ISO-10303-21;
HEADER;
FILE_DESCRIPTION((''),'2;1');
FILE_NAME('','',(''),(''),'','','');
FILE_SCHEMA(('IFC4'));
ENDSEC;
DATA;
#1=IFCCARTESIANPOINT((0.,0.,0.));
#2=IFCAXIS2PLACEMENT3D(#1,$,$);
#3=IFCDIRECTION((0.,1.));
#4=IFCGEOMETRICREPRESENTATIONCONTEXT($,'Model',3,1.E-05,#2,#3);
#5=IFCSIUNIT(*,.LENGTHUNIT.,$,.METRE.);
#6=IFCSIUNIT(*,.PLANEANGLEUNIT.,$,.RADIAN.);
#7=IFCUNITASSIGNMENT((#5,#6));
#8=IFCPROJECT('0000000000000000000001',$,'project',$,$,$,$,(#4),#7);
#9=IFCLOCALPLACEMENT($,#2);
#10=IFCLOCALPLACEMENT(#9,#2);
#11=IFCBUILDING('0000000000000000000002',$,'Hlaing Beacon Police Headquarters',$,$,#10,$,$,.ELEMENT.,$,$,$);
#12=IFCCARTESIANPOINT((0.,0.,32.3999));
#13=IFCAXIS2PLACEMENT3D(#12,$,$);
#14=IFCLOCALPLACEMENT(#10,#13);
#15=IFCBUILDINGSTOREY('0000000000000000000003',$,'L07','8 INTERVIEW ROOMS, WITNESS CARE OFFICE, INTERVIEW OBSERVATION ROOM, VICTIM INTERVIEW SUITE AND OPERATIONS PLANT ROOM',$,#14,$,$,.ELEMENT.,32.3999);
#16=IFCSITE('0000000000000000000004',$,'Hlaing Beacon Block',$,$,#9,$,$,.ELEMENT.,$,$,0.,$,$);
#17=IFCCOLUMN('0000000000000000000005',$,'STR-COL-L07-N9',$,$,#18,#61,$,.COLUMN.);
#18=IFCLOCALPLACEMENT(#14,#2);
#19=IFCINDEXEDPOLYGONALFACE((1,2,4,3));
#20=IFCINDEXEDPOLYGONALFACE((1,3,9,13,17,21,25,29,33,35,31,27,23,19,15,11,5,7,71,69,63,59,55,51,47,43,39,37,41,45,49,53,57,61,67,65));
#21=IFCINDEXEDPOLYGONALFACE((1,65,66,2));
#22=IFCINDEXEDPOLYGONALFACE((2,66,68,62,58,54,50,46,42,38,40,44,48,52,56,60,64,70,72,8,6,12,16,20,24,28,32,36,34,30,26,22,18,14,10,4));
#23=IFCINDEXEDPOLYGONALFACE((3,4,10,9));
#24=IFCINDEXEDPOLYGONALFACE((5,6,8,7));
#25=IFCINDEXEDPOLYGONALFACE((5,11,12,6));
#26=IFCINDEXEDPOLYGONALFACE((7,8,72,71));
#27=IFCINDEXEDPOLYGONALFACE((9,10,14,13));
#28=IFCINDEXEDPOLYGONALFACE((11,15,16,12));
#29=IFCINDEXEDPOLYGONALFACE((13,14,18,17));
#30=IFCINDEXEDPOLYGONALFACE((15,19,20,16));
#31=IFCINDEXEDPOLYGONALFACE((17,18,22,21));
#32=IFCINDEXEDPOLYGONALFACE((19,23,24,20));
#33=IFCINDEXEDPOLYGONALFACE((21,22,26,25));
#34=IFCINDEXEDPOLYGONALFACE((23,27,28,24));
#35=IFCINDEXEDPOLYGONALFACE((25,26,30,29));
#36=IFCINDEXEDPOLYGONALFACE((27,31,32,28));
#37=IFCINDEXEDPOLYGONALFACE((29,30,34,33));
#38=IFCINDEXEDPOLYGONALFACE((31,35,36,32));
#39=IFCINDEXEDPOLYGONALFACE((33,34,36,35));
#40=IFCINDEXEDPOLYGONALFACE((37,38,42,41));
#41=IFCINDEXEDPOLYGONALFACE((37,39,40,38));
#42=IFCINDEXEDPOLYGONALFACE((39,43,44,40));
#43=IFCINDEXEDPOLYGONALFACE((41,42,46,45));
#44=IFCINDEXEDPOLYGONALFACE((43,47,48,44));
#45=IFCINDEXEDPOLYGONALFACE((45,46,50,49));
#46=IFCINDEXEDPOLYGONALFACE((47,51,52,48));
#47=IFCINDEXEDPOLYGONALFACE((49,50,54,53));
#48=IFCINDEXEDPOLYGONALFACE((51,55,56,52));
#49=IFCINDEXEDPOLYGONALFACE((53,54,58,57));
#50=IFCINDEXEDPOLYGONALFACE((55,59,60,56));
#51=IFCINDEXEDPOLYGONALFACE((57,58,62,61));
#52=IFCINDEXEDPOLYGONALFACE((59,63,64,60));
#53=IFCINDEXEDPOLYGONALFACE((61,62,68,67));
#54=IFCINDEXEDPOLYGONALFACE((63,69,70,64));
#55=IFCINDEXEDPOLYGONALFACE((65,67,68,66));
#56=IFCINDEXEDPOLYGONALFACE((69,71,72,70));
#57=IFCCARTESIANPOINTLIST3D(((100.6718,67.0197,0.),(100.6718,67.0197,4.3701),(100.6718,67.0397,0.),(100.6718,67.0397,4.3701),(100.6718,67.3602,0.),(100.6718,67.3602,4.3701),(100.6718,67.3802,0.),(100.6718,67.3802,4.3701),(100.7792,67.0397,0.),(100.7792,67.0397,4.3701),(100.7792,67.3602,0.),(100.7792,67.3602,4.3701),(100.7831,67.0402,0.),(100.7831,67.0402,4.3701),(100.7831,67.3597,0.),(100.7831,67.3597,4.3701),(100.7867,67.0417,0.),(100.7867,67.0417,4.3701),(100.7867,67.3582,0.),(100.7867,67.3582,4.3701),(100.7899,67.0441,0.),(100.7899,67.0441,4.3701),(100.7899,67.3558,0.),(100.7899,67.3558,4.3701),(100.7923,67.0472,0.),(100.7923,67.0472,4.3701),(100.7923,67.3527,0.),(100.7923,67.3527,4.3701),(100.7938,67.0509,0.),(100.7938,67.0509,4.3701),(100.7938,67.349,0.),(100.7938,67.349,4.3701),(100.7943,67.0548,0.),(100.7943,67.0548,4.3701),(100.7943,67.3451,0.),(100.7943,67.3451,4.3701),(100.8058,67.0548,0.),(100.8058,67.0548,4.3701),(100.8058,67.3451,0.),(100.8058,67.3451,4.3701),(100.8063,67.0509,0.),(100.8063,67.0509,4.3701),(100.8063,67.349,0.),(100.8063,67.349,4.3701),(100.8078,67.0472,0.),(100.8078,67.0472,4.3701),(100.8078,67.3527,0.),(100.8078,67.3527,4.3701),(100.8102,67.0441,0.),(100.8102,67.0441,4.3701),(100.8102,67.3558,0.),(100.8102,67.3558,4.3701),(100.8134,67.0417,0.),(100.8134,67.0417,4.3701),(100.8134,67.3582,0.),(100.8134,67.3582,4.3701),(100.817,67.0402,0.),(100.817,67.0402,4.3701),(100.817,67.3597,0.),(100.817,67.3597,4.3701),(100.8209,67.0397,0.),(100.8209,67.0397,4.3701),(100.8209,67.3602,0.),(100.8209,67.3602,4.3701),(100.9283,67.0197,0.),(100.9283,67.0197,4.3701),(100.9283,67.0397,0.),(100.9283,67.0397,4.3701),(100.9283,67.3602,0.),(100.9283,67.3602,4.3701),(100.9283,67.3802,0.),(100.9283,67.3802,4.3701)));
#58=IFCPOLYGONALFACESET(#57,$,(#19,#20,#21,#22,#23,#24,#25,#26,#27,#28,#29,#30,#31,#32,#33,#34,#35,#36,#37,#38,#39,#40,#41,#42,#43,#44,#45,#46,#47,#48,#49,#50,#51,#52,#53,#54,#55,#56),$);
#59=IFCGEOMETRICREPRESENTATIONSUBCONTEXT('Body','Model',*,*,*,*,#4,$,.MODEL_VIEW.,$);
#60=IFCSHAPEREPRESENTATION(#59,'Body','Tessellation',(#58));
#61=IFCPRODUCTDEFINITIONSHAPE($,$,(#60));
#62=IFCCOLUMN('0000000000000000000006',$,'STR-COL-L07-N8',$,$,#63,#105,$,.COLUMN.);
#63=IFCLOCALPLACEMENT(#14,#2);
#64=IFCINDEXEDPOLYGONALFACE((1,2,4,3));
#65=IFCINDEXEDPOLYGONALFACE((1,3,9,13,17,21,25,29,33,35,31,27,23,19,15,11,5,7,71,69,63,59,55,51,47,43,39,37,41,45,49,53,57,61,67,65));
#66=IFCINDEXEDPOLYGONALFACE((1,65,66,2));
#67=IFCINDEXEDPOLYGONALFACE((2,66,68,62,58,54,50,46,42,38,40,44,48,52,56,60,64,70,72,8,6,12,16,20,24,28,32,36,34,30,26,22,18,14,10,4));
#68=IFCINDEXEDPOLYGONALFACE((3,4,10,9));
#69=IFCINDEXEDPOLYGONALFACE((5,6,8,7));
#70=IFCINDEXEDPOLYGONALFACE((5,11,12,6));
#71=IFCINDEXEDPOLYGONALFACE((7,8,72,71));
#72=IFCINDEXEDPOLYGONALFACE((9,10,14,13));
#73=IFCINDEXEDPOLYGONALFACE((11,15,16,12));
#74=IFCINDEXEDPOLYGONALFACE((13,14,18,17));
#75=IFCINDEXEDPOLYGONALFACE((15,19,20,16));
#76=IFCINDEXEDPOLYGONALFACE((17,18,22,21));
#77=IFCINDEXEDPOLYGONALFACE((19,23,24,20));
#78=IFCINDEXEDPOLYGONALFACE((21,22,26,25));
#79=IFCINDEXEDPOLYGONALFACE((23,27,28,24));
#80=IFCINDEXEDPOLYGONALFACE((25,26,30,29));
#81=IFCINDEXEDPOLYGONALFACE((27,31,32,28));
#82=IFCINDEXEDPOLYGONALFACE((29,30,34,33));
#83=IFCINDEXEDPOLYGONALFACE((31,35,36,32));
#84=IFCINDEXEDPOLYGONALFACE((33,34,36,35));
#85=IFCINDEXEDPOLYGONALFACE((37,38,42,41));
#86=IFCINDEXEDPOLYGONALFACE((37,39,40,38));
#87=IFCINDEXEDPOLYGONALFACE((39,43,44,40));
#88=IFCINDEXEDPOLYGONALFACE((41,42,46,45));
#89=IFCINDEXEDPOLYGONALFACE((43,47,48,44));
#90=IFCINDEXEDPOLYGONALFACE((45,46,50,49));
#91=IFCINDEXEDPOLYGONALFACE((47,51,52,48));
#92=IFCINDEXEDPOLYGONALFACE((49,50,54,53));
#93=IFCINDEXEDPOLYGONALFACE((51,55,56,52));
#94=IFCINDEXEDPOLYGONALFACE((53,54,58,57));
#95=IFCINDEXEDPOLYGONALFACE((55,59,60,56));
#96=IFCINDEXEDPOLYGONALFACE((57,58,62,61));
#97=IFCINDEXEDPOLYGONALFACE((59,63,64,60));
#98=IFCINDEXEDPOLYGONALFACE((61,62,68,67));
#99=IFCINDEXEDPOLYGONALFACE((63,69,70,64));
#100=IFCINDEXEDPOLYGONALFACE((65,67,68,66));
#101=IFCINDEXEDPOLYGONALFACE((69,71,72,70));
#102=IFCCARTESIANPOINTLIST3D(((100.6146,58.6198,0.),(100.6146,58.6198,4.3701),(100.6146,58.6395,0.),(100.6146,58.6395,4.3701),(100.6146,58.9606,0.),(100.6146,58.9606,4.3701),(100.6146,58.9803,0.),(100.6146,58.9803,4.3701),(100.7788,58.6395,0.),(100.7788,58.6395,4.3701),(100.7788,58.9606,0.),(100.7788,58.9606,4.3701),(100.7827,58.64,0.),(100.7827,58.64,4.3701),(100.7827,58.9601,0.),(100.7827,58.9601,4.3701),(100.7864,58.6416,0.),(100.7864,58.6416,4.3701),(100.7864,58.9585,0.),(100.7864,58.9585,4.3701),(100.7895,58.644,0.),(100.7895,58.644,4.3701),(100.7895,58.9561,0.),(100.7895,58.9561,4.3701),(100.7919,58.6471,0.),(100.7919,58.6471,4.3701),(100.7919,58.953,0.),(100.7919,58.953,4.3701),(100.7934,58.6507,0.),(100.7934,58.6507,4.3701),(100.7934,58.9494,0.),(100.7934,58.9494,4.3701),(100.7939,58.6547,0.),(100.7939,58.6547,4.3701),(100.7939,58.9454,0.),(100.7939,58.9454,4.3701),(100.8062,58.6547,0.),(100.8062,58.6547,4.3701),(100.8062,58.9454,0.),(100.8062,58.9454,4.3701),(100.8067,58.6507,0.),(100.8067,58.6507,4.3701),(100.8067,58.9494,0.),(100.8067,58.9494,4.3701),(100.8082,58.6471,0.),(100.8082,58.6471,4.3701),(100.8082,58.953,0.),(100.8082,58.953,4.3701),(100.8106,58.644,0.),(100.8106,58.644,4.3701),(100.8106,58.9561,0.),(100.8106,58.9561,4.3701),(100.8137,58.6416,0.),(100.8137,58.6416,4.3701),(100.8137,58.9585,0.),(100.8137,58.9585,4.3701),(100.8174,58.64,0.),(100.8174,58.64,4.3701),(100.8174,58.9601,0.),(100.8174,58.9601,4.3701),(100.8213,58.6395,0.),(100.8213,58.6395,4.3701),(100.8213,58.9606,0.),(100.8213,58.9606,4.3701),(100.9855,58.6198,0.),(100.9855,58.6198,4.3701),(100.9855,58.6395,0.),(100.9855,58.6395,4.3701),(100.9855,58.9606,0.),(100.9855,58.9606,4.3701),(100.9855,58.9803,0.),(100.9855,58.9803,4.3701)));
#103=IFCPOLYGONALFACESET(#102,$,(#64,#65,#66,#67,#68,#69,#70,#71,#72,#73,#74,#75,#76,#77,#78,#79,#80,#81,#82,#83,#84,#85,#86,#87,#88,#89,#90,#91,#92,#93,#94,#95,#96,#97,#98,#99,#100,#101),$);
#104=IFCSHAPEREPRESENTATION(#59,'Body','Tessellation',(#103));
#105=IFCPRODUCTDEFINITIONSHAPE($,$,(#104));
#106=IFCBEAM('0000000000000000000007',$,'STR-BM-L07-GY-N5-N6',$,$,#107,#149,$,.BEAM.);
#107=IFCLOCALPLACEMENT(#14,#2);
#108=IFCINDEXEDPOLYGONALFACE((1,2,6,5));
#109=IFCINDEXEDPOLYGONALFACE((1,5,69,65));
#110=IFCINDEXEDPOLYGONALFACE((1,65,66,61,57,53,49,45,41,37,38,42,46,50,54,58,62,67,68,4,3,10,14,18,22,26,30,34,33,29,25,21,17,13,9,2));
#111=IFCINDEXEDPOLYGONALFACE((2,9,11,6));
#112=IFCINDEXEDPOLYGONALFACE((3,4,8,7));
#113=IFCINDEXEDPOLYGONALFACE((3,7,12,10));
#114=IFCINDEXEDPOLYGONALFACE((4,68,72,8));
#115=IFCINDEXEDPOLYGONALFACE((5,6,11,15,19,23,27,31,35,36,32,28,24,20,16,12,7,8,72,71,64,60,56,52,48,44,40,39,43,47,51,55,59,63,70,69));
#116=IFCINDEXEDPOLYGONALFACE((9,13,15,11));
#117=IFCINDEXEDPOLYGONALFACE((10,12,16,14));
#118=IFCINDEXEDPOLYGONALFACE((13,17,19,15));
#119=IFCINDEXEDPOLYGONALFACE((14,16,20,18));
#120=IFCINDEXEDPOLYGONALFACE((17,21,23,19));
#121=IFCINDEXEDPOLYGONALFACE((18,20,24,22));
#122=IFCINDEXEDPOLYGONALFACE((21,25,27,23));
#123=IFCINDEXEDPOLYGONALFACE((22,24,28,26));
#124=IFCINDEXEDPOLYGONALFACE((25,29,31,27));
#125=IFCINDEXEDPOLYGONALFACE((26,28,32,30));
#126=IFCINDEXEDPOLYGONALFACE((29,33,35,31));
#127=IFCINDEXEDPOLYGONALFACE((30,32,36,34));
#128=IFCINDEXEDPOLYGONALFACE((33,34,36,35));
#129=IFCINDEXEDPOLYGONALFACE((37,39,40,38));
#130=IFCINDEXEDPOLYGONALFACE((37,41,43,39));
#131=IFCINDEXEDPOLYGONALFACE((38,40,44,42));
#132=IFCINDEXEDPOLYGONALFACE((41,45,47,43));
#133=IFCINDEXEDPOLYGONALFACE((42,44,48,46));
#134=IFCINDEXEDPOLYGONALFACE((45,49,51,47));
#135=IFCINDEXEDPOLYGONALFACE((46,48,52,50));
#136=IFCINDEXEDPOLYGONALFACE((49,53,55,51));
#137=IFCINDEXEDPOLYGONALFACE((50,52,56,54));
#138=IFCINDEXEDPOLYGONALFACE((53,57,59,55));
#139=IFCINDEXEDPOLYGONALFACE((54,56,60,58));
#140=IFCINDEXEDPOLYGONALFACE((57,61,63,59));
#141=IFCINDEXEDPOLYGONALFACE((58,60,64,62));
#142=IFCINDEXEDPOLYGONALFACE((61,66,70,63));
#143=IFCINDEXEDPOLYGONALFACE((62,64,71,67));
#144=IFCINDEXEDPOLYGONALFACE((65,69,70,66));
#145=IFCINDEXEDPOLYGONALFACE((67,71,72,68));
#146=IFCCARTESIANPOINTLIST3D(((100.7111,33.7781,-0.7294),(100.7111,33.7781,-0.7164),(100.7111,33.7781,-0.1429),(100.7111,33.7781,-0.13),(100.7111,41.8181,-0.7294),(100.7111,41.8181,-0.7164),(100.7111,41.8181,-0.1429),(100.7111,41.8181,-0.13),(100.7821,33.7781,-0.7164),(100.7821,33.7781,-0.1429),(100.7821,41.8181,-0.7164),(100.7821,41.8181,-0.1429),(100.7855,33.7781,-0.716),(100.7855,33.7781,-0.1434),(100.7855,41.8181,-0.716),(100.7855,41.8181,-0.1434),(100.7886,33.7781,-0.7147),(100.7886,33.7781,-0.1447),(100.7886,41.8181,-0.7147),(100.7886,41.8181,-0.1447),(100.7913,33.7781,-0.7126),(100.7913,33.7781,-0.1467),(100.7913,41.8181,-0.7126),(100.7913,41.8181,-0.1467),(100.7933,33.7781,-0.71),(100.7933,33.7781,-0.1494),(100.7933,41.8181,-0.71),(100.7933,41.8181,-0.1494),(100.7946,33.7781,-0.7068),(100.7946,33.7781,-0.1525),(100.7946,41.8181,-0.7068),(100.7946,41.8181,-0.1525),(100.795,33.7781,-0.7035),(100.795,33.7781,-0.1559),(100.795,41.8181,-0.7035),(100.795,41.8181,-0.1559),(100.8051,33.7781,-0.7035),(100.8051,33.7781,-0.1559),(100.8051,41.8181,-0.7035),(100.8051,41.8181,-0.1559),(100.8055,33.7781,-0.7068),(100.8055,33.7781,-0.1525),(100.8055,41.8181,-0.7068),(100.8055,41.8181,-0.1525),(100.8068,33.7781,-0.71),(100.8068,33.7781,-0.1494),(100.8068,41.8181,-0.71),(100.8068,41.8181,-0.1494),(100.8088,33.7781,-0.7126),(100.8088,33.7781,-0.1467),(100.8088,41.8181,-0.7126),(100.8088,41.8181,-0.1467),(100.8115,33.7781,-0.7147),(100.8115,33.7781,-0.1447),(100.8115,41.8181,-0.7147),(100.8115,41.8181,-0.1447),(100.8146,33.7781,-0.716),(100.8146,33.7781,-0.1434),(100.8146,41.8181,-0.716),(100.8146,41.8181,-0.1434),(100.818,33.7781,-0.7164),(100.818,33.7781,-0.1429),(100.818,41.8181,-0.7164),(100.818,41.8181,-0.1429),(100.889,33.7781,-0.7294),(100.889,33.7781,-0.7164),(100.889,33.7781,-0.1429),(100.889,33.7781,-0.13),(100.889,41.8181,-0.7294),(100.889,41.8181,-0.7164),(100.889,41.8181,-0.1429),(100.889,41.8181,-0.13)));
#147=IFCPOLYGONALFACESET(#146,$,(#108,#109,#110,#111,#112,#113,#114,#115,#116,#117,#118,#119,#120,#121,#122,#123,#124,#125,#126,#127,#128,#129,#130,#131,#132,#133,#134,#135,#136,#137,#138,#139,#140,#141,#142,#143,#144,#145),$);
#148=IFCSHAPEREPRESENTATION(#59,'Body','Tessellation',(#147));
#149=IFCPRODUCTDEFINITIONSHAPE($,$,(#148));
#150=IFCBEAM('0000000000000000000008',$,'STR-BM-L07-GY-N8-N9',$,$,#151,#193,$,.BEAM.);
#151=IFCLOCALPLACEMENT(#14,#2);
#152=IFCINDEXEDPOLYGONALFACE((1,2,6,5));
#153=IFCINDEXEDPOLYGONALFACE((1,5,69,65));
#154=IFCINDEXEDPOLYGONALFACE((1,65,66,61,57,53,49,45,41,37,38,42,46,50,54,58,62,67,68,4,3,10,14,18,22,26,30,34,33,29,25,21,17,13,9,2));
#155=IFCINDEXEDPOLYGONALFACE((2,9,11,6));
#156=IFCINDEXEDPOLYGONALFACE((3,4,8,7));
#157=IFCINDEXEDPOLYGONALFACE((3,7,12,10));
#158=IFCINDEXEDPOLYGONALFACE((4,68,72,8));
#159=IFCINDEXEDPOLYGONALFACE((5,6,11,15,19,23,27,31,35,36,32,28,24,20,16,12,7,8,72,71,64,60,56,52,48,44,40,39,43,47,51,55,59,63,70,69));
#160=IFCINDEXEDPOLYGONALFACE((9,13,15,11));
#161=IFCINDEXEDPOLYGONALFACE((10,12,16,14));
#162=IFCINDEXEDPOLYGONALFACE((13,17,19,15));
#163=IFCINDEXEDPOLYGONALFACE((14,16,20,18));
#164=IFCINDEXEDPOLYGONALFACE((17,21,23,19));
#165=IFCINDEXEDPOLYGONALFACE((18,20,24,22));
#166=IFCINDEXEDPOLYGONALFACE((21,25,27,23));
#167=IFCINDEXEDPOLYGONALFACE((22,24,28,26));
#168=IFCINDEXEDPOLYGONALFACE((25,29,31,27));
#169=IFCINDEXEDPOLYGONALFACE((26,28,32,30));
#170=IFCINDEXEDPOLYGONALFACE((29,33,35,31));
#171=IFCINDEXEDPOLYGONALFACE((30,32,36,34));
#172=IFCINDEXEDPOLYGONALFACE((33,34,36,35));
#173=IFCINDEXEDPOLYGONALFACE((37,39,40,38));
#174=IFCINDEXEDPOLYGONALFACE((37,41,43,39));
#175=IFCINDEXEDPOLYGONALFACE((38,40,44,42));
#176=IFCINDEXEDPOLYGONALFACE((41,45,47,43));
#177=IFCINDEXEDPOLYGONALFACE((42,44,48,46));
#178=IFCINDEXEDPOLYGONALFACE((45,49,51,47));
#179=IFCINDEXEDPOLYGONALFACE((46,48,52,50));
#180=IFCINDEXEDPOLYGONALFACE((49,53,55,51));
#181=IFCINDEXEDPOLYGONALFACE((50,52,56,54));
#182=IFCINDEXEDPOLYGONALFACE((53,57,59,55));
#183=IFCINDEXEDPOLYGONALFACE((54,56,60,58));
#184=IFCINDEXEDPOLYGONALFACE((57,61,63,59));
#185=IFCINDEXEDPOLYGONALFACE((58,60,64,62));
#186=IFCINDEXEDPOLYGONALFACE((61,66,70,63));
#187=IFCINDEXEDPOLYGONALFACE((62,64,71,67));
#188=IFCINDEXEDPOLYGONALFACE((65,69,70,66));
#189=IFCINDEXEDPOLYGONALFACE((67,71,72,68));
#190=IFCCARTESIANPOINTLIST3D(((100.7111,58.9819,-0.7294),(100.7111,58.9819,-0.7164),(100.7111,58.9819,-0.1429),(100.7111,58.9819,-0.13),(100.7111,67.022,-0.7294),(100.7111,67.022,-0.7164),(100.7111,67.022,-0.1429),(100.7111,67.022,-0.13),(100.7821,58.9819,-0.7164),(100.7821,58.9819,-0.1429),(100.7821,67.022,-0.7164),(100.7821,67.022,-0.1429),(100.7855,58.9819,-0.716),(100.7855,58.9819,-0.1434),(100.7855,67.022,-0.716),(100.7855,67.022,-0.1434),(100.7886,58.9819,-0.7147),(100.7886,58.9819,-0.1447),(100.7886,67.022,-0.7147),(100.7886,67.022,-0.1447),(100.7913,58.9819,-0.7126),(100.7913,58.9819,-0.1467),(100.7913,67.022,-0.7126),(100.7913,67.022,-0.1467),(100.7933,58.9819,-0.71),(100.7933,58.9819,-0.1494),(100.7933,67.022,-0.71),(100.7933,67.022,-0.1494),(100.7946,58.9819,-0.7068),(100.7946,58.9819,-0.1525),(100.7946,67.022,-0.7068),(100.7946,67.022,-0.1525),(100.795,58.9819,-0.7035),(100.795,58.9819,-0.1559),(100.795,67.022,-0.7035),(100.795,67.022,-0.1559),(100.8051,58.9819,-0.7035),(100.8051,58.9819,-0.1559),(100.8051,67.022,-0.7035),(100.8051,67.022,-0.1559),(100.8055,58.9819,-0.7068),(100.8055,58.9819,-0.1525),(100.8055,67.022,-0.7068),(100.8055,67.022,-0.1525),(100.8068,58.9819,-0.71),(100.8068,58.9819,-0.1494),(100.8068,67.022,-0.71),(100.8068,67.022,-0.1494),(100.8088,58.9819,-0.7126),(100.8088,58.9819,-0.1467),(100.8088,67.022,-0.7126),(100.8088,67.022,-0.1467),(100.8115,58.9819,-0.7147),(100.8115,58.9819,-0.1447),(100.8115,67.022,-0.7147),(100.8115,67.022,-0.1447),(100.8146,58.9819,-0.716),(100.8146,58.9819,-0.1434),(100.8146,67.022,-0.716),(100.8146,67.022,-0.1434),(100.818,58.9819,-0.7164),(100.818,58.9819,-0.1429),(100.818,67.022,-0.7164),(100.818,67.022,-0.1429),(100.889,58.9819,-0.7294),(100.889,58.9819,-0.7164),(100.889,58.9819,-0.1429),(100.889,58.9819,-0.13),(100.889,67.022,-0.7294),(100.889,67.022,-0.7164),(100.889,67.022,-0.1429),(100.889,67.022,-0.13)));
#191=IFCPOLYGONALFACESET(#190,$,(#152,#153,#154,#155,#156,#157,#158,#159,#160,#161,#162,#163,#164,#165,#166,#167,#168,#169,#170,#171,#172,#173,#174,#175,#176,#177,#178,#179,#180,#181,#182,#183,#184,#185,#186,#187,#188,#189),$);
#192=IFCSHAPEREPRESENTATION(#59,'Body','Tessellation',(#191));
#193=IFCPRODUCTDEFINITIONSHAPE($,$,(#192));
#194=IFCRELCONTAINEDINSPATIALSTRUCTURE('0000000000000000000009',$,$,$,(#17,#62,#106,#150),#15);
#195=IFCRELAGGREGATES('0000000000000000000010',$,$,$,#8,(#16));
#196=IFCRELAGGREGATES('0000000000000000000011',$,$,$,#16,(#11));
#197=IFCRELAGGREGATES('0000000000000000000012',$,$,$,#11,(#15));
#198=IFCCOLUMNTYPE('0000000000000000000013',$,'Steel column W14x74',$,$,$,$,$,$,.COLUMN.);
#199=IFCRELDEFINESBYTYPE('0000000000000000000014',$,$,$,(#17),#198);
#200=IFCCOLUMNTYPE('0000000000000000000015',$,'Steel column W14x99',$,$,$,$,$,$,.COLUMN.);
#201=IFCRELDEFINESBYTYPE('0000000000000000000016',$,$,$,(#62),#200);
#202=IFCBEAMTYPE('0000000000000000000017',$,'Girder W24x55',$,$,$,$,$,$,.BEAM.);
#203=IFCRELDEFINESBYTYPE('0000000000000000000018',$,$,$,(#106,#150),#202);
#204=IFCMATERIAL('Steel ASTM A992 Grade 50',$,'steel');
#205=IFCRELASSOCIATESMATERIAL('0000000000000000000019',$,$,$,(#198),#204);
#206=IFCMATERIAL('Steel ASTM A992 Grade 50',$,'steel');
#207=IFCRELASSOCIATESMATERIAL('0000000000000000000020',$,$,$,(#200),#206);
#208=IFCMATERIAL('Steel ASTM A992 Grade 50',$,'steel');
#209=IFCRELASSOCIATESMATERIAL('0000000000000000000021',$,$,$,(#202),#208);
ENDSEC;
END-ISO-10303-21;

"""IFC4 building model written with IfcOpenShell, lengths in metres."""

from ifc_helpers import new_model, si_unit, direction, frame, origin, origin_2d, place, context, subcontext, project, spatial, i_section, extrude, material, material_profile, profile_set, type_object, element, save


model = new_model("IFC4")

# Units and contexts
model_context = context("Model", 3, precision=1e-05, world=origin(), true_north=direction((0.0, 1.0)))
body_context = subcontext(model_context, "Body", "Model", "MODEL_VIEW")
ifc_project = project(units=[si_unit("LENGTHUNIT", "METRE"), si_unit("PLANEANGLEUNIT", "RADIAN")], contexts=[model_context])

# Site, building, storey
site_placement = place(None, origin())
site = spatial("IfcSite", under=ifc_project, at=site_placement, Name="Hlaing Beacon Block", CompositionType="ELEMENT", RefElevation=0.0)
building_placement = place(site_placement, origin())
building = spatial("IfcBuilding", under=site, at=building_placement, Name="Hlaing Beacon Police Headquarters", CompositionType="ELEMENT")
storey_placement = place(building_placement, frame((0.0, 0.0, 32.3999)))
storey = spatial("IfcBuildingStorey", under=building, at=storey_placement, Name="L07", Description="8 INTERVIEW ROOMS, WITNESS CARE OFFICE, INTERVIEW OBSERVATION ROOM, VICTIM INTERVIEW SUITE AND OPERATIONS PLANT ROOM", CompositionType="ELEMENT", Elevation=32.3999)

# Columns
ifc_material_1 = material(Name="Steel ASTM A992 Grade 50", Category="steel")
ifc_material_profile_1 = material_profile(ifc_material_1, i_section(OverallWidth=0.2566, OverallDepth=0.3606, WebThickness=0.0115, FlangeThickness=0.02, FilletRadius=0.0151, at=origin_2d()), Name="W14x74")
ifc_profile_set_1 = profile_set([ifc_material_profile_1], Name="Steel ASTM A992 Grade 50")
column_type_1 = type_object("IfcColumnType", Name="Steel column W14x74", PredefinedType="COLUMN", material=ifc_profile_set_1)
column_1_placement = place(storey_placement, frame((100.8, 67.2, 0.0), z_axis=(0.0, 0.0, 1.0), x_axis=(1.0, 0.0, 0.0)))
element("IfcColumn", 1, at=column_1_placement, inside=storey, type_object=column_type_1, Name="STR-COL-L07-N9", PredefinedType="COLUMN", context=body_context, shape_type="SweptSolid", body=[
    extrude(i_section(OverallWidth=0.2566, OverallDepth=0.3606, WebThickness=0.0115, FlangeThickness=0.02, FilletRadius=0.0151, at=origin_2d()), origin(), (0.0, 0.0, 1.0), 4.3701),
])
ifc_material_2 = material(Name="Steel ASTM A992 Grade 50", Category="steel")
ifc_material_profile_2 = material_profile(ifc_material_2, i_section(OverallWidth=0.3708, OverallDepth=0.3606, WebThickness=0.0122, FlangeThickness=0.0198, FilletRadius=0.0151, at=origin_2d()), Name="W14x99")
ifc_profile_set_2 = profile_set([ifc_material_profile_2], Name="Steel ASTM A992 Grade 50")
column_type_2 = type_object("IfcColumnType", Name="Steel column W14x99", PredefinedType="COLUMN", material=ifc_profile_set_2)
column_2_placement = place(storey_placement, frame((100.8, 58.8, 0.0), z_axis=(0.0, 0.0, 1.0), x_axis=(1.0, 0.0, 0.0)))
element("IfcColumn", 2, at=column_2_placement, inside=storey, type_object=column_type_2, Name="STR-COL-L07-N8", PredefinedType="COLUMN", context=body_context, shape_type="SweptSolid", body=[
    extrude(i_section(OverallWidth=0.3708, OverallDepth=0.3606, WebThickness=0.0122, FlangeThickness=0.0198, FilletRadius=0.0151, at=origin_2d()), origin(), (0.0, 0.0, 1.0), 4.3701),
])

# Beams
ifc_material_3 = material(Name="Steel ASTM A992 Grade 50", Category="steel")
ifc_material_profile_3 = material_profile(ifc_material_3, i_section(OverallWidth=0.178, OverallDepth=0.5994, WebThickness=0.01, FlangeThickness=0.0129, FilletRadius=0.0129, at=origin_2d()), Name="W24x55")
ifc_profile_set_3 = profile_set([ifc_material_profile_3], Name="Steel ASTM A992 Grade 50")
beam_type_1 = type_object("IfcBeamType", Name="Girder W24x55", PredefinedType="BEAM", material=ifc_profile_set_3)
for number, where, z_axis, x_axis, name in (
    (3, (100.8, 33.7781, -0.4297), (0.0, 1.0, 0.0), (-1.0, 0.0, 0.0), "STR-BM-L07-GY-N5-N6"),
    (4, (100.8, 58.9819, -0.4297), (0.0, 1.0, 0.0), (-1.0, 0.0, 0.0), "STR-BM-L07-GY-N8-N9"),
):
    element("IfcBeam", number, at=place(storey_placement, frame(where, z_axis=z_axis, x_axis=x_axis)), inside=storey, type_object=beam_type_1, Name=name, PredefinedType="BEAM", context=body_context, shape_type="SweptSolid", body=[
        extrude(i_section(OverallWidth=0.178, OverallDepth=0.5994, WebThickness=0.01, FlangeThickness=0.0129, FilletRadius=0.0129, at=origin_2d()), origin(), (0.0, 0.0, 1.0), 8.04),
    ])

save(model, "model.ifc")
